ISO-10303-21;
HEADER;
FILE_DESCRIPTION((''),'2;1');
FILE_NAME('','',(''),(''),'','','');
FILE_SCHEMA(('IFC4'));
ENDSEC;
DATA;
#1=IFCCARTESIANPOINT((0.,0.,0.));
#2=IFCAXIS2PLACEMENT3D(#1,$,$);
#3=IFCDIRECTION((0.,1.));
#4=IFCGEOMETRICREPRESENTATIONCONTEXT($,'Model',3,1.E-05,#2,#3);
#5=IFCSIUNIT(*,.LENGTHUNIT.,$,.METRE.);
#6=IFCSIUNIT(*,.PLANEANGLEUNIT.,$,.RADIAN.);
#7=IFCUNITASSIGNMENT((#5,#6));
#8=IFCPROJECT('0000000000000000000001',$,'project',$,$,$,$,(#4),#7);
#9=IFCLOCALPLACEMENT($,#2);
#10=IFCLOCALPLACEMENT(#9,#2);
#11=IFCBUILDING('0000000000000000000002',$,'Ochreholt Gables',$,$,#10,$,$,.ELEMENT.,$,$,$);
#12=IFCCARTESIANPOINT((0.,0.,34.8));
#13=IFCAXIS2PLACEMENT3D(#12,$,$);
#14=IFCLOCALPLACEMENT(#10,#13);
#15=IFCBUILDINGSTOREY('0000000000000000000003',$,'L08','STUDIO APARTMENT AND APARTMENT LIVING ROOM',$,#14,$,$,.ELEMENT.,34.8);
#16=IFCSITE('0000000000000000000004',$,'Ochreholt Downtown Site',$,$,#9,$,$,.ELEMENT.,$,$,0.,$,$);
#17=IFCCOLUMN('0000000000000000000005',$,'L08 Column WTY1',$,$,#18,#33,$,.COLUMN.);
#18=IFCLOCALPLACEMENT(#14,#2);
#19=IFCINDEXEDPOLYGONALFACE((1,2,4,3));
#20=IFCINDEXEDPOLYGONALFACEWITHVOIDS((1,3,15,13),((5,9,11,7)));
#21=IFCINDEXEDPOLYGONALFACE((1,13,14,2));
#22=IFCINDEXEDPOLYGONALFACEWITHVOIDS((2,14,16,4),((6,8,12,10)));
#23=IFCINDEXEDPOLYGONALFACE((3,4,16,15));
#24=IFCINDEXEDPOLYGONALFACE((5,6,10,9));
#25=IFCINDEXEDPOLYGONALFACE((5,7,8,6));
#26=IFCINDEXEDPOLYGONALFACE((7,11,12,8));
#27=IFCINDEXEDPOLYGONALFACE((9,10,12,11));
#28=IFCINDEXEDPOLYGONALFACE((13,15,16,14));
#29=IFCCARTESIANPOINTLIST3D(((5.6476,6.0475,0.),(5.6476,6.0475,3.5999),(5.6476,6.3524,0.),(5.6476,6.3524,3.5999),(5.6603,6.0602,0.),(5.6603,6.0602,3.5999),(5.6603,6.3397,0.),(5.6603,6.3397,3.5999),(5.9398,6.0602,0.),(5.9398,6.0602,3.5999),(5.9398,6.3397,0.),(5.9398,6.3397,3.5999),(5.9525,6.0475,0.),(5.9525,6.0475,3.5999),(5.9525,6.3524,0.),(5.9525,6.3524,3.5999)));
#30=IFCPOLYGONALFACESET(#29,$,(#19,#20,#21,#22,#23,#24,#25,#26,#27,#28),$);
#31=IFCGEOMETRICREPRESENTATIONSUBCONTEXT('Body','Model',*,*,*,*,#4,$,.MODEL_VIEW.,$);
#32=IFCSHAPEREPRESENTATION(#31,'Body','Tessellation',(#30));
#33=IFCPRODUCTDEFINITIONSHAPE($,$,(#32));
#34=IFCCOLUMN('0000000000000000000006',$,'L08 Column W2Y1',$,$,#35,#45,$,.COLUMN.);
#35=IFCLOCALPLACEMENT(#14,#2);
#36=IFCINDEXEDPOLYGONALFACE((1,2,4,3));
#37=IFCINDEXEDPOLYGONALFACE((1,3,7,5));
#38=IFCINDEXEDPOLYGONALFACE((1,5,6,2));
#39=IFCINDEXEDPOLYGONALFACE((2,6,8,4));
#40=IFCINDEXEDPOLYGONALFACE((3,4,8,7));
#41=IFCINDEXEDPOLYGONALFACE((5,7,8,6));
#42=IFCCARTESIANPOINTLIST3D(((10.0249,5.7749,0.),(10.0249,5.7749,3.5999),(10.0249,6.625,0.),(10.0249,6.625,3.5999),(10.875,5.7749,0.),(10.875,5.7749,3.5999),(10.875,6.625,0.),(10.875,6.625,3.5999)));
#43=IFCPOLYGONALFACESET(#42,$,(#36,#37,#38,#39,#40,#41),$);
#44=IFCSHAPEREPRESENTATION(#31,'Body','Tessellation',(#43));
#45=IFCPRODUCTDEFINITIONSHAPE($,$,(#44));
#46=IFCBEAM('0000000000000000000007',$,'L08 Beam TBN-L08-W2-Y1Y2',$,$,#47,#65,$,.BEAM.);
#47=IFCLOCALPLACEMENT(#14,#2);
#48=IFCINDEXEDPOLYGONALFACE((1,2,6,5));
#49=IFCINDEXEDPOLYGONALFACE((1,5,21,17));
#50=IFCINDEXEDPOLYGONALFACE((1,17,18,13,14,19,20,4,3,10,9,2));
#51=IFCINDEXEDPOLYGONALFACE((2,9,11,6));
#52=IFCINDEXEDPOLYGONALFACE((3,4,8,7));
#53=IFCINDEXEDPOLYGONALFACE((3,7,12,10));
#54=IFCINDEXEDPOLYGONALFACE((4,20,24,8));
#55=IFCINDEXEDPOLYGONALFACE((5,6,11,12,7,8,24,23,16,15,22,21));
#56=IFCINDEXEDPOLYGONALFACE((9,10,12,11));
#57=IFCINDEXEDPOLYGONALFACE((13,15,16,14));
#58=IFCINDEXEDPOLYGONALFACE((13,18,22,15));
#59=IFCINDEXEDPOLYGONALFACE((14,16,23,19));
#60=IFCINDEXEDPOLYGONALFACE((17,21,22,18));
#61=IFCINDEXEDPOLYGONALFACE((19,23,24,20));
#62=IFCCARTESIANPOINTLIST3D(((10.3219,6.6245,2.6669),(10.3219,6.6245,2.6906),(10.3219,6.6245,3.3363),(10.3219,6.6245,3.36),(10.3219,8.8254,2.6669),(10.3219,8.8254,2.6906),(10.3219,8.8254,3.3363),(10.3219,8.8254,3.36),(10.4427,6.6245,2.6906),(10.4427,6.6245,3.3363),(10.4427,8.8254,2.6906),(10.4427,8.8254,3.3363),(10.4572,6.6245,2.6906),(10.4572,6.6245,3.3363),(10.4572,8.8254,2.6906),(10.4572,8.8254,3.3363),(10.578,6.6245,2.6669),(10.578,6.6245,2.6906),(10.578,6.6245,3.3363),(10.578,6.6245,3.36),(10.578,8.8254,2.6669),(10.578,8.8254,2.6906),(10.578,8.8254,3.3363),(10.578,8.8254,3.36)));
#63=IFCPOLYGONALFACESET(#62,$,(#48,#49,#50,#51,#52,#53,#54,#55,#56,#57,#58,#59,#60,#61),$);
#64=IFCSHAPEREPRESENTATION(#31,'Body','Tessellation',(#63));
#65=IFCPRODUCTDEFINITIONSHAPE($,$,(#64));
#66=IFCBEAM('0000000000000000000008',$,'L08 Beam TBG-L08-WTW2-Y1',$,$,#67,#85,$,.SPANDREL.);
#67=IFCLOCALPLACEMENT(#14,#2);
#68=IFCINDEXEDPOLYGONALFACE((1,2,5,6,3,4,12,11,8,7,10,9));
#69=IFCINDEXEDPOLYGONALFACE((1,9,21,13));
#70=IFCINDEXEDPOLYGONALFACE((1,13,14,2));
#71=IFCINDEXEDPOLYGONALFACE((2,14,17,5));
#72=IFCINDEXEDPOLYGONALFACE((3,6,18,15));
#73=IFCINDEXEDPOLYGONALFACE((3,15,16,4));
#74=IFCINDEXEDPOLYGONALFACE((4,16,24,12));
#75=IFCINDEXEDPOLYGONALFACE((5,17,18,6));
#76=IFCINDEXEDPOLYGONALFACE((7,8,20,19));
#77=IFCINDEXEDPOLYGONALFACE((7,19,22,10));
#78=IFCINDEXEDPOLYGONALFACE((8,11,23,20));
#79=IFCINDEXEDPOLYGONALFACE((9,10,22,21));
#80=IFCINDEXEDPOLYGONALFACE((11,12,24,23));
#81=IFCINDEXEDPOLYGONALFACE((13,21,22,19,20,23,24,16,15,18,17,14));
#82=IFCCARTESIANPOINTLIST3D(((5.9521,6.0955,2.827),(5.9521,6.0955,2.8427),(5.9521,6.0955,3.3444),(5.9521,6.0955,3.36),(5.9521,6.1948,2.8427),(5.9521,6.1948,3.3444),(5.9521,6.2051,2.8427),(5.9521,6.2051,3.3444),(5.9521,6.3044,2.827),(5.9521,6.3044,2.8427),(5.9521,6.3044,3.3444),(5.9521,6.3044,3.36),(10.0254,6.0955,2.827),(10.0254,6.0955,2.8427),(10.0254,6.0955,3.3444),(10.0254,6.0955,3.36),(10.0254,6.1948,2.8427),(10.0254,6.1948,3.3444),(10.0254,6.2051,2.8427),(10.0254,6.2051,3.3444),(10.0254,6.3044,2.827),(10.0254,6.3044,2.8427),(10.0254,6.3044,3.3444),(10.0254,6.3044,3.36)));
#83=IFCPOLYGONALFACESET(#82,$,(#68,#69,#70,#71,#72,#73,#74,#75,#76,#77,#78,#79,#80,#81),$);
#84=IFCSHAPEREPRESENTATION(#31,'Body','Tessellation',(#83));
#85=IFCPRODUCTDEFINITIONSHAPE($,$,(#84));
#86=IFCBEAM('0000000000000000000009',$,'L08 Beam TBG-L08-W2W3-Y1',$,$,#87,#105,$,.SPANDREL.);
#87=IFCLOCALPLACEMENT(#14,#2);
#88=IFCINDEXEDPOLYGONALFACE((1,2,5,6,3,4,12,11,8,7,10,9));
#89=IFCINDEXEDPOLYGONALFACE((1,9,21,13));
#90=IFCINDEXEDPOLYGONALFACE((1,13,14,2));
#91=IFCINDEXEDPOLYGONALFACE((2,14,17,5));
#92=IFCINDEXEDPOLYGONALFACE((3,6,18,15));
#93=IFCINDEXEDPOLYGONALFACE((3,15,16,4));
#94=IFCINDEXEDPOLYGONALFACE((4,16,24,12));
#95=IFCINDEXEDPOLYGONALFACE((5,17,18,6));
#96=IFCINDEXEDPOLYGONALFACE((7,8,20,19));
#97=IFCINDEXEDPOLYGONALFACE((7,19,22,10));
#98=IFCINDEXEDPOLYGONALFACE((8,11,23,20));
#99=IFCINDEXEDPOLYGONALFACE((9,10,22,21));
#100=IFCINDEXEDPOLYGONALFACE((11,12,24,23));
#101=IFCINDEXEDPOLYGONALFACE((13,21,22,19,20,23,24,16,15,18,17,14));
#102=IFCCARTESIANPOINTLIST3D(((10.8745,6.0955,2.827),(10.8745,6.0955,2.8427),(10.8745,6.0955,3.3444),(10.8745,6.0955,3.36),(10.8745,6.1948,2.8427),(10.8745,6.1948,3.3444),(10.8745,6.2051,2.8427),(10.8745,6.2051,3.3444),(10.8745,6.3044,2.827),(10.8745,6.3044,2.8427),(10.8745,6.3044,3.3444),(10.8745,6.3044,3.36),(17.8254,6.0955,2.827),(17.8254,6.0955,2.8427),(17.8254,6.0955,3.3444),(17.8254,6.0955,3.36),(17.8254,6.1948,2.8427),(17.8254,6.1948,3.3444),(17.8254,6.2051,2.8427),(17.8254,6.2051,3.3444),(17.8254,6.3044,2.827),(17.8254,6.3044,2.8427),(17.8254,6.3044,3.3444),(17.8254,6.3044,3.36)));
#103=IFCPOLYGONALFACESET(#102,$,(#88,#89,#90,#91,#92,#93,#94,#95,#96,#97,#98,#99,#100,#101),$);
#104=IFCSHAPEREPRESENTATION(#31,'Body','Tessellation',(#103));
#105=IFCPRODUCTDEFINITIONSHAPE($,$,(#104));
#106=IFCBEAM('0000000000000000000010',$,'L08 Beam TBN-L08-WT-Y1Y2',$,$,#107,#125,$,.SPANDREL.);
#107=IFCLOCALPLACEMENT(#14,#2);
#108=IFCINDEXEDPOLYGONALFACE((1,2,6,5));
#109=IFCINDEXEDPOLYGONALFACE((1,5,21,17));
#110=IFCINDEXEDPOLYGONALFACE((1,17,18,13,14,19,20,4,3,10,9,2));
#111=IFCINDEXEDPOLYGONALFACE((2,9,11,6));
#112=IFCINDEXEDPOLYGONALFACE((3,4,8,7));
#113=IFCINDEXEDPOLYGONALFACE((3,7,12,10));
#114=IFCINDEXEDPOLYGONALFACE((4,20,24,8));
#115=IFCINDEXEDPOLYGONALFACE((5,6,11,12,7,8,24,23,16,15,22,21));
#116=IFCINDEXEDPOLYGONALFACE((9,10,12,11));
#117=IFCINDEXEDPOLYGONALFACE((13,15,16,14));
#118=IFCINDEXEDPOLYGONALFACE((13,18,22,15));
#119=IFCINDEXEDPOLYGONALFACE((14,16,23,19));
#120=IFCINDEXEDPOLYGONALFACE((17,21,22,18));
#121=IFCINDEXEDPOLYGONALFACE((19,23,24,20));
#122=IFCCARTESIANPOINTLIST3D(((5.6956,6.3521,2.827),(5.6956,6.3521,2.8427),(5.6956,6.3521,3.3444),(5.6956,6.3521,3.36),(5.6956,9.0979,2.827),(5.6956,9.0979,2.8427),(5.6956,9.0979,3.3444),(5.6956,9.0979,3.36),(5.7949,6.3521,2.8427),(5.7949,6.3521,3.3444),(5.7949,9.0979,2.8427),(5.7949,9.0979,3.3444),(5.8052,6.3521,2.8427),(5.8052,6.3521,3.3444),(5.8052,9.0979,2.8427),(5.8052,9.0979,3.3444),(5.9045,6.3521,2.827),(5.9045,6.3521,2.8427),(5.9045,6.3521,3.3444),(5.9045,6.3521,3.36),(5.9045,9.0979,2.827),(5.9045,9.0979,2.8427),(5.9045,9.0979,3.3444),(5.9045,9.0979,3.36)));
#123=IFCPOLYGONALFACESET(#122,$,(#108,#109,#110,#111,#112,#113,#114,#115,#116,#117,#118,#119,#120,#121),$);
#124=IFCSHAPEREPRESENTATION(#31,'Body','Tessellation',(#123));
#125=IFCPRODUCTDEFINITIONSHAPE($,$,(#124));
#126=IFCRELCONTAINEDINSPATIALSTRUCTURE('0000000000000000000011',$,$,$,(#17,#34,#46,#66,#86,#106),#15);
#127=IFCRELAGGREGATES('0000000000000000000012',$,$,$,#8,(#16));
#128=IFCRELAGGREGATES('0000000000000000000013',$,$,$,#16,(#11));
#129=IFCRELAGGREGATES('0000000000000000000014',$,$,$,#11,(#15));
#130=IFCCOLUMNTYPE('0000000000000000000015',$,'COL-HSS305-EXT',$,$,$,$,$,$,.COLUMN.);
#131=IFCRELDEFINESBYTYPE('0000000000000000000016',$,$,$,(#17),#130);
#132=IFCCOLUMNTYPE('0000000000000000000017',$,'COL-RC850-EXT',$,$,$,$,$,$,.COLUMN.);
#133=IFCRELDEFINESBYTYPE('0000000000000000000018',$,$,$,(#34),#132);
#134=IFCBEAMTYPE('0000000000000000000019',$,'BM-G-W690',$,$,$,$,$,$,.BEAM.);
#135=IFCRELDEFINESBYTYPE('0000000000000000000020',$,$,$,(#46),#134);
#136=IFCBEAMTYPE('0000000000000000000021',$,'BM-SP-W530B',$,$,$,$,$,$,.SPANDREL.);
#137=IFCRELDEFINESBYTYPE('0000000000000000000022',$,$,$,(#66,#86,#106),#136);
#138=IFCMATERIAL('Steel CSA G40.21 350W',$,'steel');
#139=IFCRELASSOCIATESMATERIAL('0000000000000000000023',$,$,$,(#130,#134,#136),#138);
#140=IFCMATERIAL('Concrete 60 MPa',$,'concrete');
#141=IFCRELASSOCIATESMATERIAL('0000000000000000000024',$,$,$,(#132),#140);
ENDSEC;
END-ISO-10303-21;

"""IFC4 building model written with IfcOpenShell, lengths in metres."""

from ifc_helpers import new_model, si_unit, direction, frame, origin, origin_2d, place, context, subcontext, project, spatial, rectangle, hollow_rectangle, i_section, extrude, material, material_profile, profile_set, type_object, element, save


model = new_model("IFC4")

# Units and contexts
model_context = context("Model", 3, precision=1e-05, world=origin(), true_north=direction((0.0, 1.0)))
body_context = subcontext(model_context, "Body", "Model", "MODEL_VIEW")
ifc_project = project(units=[si_unit("LENGTHUNIT", "METRE"), si_unit("PLANEANGLEUNIT", "RADIAN")], contexts=[model_context])

# Site, building, storey
site_placement = place(None, origin())
site = spatial("IfcSite", under=ifc_project, at=site_placement, Name="Ochreholt Downtown Site", CompositionType="ELEMENT", RefElevation=0.0)
building_placement = place(site_placement, origin())
building = spatial("IfcBuilding", under=site, at=building_placement, Name="Ochreholt Gables", CompositionType="ELEMENT")
storey_placement = place(building_placement, frame((0.0, 0.0, 34.8)))
storey = spatial("IfcBuildingStorey", under=building, at=storey_placement, Name="L08", Description="STUDIO APARTMENT AND APARTMENT LIVING ROOM", CompositionType="ELEMENT", Elevation=34.8)

# Columns
ifc_material_1 = material(Name="Steel CSA G40.21 350W", Category="steel")
ifc_material_profile_1 = material_profile(ifc_material_1, hollow_rectangle(XDim=0.3049, YDim=0.3049, WallThickness=0.0127, at=origin_2d()), Name="HSS305X305X13")
ifc_profile_set_1 = profile_set([ifc_material_profile_1], Name="Steel CSA G40.21 350W")
column_type_1 = type_object("IfcColumnType", Name="COL-HSS305-EXT", PredefinedType="COLUMN", material=ifc_profile_set_1)
column_1_placement = place(storey_placement, frame((5.8, 6.2, 0.0), z_axis=(0.0, 0.0, 1.0), x_axis=(1.0, 0.0, 0.0)))
element("IfcColumn", 1, at=column_1_placement, inside=storey, type_object=column_type_1, Name="L08 Column WTY1", PredefinedType="COLUMN", context=body_context, shape_type="SweptSolid", body=[
    extrude(hollow_rectangle(XDim=0.3049, YDim=0.3049, WallThickness=0.0127, at=origin_2d()), origin(), (0.0, 0.0, 1.0), 3.5999),
])
ifc_material_2 = material(Name="Concrete 60 MPa", Category="concrete")
ifc_material_profile_2 = material_profile(ifc_material_2, rectangle(XDim=0.8501, YDim=0.8501, at=origin_2d()), Name="RC850X850")
ifc_profile_set_2 = profile_set([ifc_material_profile_2], Name="Concrete 60 MPa")
column_type_2 = type_object("IfcColumnType", Name="COL-RC850-EXT", PredefinedType="COLUMN", material=ifc_profile_set_2)
column_2_placement = place(storey_placement, frame((10.45, 6.2, 0.0), z_axis=(0.0, 0.0, 1.0), x_axis=(1.0, 0.0, 0.0)))
element("IfcColumn", 2, at=column_2_placement, inside=storey, type_object=column_type_2, Name="L08 Column W2Y1", PredefinedType="COLUMN", context=body_context, shape_type="SweptSolid", body=[
    extrude(rectangle(XDim=0.8501, YDim=0.8501, at=origin_2d()), origin(), (0.0, 0.0, 1.0), 3.5999),
])

# Beams
ifc_material_profile_3 = material_profile(ifc_material_1, i_section(OverallWidth=0.2561, OverallDepth=0.6931, WebThickness=0.0144, FlangeThickness=0.0237, at=origin_2d()), Name="W690X170")
ifc_profile_set_3 = profile_set([ifc_material_profile_3], Name="Steel CSA G40.21 350W")
beam_type_1 = type_object("IfcBeamType", Name="BM-G-W690", PredefinedType="BEAM", material=ifc_profile_set_3)
beam_1_placement = place(storey_placement, frame((10.45, 6.6245, 3.0134), z_axis=(0.0, 1.0, 0.0), x_axis=(-1.0, 0.0, 0.0)))
element("IfcBeam", 3, at=beam_1_placement, inside=storey, type_object=beam_type_1, Name="L08 Beam TBN-L08-W2-Y1Y2", PredefinedType="BEAM", context=body_context, shape_type="SweptSolid", body=[
    extrude(i_section(OverallWidth=0.2561, OverallDepth=0.6931, WebThickness=0.0144, FlangeThickness=0.0237, at=origin_2d()), origin(), (0.0, 0.0, 1.0), 2.2009),
])
ifc_material_profile_4 = material_profile(ifc_material_1, i_section(OverallWidth=0.209, OverallDepth=0.533, WebThickness=0.0103, FlangeThickness=0.0156, at=origin_2d()), Name="W530X92")
ifc_profile_set_4 = profile_set([ifc_material_profile_4], Name="Steel CSA G40.21 350W")
beam_type_2 = type_object("IfcBeamType", Name="BM-SP-W530B", PredefinedType="SPANDREL", material=ifc_profile_set_4)
beam_2_placement = place(storey_placement, frame((5.9521, 6.2, 3.0935), z_axis=(1.0, 0.0, 0.0), x_axis=(0.0, 1.0, 0.0)))
element("IfcBeam", 4, at=beam_2_placement, inside=storey, type_object=beam_type_2, Name="L08 Beam TBG-L08-WTW2-Y1", PredefinedType="SPANDREL", context=body_context, shape_type="SweptSolid", body=[
    extrude(i_section(OverallWidth=0.209, OverallDepth=0.533, WebThickness=0.0103, FlangeThickness=0.0156, at=origin_2d()), origin(), (0.0, 0.0, 1.0), 4.0732),
])
beam_3_placement = place(storey_placement, frame((10.8745, 6.2, 3.0935), z_axis=(1.0, 0.0, 0.0), x_axis=(0.0, 1.0, 0.0)))
element("IfcBeam", 5, at=beam_3_placement, inside=storey, type_object=beam_type_2, Name="L08 Beam TBG-L08-W2W3-Y1", PredefinedType="SPANDREL", context=body_context, shape_type="SweptSolid", body=[
    extrude(i_section(OverallWidth=0.209, OverallDepth=0.533, WebThickness=0.0103, FlangeThickness=0.0156, at=origin_2d()), origin(), (0.0, 0.0, 1.0), 6.9509),
])
beam_4_placement = place(storey_placement, frame((5.8, 6.3521, 3.0935), z_axis=(0.0, 1.0, 0.0), x_axis=(-1.0, 0.0, 0.0)))
element("IfcBeam", 6, at=beam_4_placement, inside=storey, type_object=beam_type_2, Name="L08 Beam TBN-L08-WT-Y1Y2", PredefinedType="SPANDREL", context=body_context, shape_type="SweptSolid", body=[
    extrude(i_section(OverallWidth=0.209, OverallDepth=0.533, WebThickness=0.0103, FlangeThickness=0.0156, at=origin_2d()), origin(), (0.0, 0.0, 1.0), 2.7458),
])

save(model, "model.ifc")
